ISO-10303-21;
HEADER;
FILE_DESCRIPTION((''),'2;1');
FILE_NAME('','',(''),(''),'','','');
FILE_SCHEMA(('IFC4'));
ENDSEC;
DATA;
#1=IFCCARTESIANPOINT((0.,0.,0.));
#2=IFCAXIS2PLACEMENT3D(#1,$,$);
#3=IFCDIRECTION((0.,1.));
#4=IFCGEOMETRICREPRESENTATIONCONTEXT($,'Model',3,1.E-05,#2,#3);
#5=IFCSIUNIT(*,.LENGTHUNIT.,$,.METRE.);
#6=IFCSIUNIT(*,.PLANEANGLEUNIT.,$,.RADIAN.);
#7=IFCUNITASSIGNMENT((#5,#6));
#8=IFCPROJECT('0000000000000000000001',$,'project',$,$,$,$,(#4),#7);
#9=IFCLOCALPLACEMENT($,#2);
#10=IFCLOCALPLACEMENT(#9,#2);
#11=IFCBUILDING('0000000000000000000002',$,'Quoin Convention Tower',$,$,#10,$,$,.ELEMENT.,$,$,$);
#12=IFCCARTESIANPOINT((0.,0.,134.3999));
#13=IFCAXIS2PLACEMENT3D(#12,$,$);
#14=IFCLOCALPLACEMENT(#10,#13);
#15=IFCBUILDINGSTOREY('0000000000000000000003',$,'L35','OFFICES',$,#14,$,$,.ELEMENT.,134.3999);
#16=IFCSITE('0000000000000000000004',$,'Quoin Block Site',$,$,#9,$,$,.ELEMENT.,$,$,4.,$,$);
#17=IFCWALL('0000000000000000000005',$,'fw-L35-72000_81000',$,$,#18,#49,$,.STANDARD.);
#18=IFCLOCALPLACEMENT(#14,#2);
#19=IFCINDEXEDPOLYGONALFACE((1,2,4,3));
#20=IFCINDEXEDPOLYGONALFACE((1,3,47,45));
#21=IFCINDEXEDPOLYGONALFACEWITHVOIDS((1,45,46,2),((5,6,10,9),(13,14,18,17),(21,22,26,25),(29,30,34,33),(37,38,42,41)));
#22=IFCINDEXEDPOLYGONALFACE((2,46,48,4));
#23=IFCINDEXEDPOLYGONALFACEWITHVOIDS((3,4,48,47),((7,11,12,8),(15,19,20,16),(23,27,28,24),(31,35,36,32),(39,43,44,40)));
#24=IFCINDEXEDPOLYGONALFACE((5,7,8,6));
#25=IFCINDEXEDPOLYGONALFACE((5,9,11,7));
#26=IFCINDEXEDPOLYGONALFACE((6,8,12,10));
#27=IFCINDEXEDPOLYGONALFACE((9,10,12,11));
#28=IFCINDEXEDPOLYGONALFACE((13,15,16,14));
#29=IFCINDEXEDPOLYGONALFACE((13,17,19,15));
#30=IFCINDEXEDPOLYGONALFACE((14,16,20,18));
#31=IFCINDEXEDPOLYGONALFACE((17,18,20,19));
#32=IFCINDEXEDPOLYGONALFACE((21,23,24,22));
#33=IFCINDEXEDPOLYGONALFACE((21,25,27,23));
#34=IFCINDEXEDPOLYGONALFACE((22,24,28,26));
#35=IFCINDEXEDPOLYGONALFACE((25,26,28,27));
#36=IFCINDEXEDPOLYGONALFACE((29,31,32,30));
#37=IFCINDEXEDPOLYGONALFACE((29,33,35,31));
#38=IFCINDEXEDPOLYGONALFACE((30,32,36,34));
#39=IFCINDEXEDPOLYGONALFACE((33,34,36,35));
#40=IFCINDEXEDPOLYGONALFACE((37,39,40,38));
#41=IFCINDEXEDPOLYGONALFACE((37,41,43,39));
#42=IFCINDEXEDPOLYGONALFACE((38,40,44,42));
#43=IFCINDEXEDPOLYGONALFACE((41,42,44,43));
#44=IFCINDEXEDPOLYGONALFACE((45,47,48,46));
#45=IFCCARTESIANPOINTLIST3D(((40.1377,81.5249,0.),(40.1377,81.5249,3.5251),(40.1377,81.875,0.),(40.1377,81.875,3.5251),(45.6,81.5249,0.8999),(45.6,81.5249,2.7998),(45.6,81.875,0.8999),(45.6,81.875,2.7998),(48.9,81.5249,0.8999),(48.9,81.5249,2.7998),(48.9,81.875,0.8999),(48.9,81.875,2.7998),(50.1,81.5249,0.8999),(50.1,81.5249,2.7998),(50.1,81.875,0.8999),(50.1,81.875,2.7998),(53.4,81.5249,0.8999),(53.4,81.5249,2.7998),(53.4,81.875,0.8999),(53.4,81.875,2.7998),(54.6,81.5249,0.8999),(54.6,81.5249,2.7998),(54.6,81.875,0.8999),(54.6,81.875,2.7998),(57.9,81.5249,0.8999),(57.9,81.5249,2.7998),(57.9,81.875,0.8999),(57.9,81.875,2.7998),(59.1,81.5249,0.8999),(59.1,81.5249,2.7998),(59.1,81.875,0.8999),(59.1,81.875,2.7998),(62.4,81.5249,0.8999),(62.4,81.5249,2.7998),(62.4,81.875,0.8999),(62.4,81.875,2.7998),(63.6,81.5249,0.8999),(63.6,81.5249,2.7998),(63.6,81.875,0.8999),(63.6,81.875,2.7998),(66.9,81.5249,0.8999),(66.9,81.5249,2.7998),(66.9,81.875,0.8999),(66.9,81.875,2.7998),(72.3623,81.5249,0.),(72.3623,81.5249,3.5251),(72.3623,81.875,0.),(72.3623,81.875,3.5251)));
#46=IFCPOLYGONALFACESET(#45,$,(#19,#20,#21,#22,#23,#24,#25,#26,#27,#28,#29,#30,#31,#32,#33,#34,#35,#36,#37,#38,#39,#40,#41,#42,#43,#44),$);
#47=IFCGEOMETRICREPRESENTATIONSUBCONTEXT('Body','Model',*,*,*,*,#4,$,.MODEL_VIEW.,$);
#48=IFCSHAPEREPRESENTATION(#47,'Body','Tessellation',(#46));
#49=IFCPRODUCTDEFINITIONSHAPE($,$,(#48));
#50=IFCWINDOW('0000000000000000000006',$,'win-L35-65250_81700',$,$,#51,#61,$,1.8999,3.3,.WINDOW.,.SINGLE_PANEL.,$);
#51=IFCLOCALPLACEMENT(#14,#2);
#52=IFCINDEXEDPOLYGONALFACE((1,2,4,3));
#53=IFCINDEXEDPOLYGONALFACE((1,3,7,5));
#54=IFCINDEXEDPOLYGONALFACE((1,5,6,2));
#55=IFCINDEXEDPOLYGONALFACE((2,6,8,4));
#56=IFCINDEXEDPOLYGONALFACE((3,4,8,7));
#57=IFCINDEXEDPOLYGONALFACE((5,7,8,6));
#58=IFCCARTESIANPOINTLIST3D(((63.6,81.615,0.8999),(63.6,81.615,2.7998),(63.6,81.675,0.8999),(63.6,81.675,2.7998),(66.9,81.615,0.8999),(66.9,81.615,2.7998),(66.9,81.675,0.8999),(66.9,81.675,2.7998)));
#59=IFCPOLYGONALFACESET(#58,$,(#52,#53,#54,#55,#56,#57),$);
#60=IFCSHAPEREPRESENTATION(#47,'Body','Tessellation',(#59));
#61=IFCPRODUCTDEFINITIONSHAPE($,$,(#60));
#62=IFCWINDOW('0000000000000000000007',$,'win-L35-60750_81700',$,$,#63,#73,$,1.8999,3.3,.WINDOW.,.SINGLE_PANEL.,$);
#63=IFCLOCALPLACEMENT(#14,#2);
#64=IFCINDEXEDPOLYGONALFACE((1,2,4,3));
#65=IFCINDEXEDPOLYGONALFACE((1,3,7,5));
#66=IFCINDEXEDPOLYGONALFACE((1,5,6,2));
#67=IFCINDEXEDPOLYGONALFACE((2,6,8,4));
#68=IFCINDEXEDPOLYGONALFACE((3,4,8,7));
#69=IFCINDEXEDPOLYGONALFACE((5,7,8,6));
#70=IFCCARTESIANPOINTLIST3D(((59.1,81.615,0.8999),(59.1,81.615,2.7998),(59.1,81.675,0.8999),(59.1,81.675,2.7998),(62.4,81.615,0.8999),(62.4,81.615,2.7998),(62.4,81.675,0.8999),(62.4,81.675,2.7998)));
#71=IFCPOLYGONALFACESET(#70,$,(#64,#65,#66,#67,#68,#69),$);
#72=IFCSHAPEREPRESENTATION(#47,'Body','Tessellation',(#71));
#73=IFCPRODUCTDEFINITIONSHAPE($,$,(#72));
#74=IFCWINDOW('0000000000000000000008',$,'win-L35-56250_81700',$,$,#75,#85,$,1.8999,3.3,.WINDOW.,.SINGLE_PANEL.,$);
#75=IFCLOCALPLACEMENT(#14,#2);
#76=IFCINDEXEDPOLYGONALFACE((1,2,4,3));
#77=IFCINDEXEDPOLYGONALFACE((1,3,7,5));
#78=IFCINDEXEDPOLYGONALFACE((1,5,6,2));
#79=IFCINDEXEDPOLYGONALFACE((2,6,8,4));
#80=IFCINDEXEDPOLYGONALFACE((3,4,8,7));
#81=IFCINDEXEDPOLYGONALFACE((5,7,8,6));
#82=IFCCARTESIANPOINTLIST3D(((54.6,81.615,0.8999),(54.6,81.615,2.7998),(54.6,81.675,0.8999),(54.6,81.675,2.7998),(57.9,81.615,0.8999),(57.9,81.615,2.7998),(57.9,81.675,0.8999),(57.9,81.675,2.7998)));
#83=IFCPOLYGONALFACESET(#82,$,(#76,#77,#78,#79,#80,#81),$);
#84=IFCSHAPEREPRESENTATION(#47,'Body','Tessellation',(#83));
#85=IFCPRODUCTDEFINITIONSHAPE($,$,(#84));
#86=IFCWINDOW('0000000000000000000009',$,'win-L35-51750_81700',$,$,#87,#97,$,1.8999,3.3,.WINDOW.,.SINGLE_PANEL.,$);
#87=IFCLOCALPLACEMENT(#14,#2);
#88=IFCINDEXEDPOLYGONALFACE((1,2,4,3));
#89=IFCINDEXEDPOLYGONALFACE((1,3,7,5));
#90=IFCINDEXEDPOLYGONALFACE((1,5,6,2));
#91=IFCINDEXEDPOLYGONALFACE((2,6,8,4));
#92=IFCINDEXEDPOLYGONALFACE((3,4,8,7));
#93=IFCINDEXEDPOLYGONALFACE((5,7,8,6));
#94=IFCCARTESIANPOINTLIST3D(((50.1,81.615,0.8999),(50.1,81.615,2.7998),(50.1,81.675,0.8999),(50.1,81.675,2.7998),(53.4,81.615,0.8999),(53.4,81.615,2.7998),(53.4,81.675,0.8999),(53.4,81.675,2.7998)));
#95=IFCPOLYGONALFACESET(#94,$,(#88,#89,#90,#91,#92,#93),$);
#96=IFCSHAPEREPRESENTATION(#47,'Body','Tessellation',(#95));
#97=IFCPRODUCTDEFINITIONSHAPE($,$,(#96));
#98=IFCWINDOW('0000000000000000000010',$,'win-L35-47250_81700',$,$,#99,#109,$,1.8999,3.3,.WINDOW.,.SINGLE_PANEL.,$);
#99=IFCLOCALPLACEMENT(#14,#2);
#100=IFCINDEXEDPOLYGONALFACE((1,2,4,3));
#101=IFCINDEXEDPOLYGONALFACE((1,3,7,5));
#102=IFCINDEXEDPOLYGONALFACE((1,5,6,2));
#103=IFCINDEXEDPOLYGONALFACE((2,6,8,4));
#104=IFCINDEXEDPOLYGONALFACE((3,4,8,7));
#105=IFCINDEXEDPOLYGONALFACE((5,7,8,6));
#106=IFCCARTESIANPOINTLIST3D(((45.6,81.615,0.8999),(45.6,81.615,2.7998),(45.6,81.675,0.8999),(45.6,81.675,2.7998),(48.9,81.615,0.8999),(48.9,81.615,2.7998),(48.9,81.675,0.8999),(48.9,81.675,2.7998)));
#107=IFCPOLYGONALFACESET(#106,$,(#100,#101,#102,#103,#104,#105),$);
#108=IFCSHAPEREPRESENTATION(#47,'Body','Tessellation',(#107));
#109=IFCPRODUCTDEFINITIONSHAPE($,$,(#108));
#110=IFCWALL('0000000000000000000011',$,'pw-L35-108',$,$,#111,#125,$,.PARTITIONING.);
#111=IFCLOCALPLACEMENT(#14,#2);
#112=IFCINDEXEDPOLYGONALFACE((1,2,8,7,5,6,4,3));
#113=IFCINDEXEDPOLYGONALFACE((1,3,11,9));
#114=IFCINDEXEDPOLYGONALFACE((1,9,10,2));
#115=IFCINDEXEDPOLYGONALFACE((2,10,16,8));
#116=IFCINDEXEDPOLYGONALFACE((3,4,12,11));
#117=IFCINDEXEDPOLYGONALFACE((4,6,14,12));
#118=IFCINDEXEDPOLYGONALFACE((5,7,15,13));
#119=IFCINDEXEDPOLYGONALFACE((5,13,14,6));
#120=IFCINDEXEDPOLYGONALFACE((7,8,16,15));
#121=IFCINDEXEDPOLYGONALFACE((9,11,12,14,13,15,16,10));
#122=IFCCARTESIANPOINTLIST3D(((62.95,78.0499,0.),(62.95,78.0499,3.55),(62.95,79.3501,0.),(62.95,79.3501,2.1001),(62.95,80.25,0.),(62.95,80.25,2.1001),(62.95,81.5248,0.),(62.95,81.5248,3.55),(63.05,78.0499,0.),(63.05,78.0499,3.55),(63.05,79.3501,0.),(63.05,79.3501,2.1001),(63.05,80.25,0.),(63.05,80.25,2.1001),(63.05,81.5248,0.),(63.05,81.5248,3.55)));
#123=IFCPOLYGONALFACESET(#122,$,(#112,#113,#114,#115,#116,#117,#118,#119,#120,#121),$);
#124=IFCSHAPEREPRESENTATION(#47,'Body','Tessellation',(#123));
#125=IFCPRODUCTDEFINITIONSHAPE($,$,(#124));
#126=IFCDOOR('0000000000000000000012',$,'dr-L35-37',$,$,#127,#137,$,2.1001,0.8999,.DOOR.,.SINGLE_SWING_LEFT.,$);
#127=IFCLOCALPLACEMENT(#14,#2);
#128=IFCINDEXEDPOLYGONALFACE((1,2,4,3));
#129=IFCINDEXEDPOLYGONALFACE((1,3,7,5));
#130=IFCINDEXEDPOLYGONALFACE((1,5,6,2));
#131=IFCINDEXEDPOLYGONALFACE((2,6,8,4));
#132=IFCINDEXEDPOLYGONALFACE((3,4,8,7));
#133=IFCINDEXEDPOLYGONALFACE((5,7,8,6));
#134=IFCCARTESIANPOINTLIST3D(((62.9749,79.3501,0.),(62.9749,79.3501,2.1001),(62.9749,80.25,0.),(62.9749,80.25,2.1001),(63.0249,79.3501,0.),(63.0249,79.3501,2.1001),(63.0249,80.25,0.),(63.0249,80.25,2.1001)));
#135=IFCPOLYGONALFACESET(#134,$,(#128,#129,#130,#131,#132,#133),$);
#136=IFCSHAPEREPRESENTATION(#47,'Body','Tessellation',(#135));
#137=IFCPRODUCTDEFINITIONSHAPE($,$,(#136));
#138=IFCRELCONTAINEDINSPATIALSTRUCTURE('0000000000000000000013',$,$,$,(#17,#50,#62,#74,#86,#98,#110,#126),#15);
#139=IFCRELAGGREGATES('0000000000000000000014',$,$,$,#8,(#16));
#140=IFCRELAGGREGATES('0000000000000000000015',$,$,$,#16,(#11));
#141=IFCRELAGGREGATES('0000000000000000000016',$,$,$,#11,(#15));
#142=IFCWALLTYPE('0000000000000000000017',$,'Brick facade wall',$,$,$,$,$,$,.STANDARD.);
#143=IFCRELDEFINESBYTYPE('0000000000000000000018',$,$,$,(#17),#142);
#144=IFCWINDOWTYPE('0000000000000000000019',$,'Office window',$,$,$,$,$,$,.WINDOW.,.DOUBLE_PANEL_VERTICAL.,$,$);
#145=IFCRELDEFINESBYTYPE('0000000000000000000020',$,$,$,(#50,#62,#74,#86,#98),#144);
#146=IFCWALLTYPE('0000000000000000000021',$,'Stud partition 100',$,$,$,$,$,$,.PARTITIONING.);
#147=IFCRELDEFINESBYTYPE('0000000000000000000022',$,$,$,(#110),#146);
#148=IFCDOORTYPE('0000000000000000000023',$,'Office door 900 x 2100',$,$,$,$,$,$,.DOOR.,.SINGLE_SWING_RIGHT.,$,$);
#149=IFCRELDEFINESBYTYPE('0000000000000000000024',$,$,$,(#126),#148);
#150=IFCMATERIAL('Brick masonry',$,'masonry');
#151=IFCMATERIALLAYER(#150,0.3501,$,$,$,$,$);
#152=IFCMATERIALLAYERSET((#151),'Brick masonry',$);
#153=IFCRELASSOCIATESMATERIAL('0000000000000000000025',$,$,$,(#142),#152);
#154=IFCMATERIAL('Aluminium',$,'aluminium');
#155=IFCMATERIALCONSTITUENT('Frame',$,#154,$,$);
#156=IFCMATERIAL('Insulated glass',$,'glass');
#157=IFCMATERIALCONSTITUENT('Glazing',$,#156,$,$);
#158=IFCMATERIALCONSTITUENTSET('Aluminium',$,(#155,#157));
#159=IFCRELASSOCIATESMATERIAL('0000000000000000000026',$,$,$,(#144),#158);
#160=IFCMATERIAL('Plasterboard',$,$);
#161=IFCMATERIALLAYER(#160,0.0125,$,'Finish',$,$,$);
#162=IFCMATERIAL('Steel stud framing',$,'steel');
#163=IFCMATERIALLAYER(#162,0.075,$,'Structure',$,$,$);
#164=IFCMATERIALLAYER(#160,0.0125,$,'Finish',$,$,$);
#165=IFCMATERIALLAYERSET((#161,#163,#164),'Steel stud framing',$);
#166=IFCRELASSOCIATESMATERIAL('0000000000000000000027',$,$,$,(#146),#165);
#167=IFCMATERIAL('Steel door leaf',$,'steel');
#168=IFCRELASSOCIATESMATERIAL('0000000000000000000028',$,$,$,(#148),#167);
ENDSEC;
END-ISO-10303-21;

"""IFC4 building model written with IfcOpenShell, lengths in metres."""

from ifc_helpers import new_model, si_unit, direction, frame, frame_2d, origin, place, context, subcontext, project, spatial, rectangle, extrude, material, layer, layer_set, constituent, constituent_set, type_object, element, fill, save


model = new_model("IFC4")

# Units and contexts
model_context = context("Model", 3, precision=1e-05, world=origin(), true_north=direction((0.0, 1.0)))
body_context = subcontext(model_context, "Body", "Model", "MODEL_VIEW")
ifc_project = project(units=[si_unit("LENGTHUNIT", "METRE"), si_unit("PLANEANGLEUNIT", "RADIAN")], contexts=[model_context])

# Site, building, storey
site_placement = place(None, origin())
site = spatial("IfcSite", under=ifc_project, at=site_placement, Name="Quoin Block Site", CompositionType="ELEMENT", RefElevation=4.0)
building_placement = place(site_placement, origin())
building = spatial("IfcBuilding", under=site, at=building_placement, Name="Quoin Convention Tower", CompositionType="ELEMENT")
storey_placement = place(building_placement, frame((0.0, 0.0, 134.3999)))
storey = spatial("IfcBuildingStorey", under=building, at=storey_placement, Name="L35", Description="OFFICES", CompositionType="ELEMENT", Elevation=134.3999)

# Shared definitions
ifc_material_1 = material(Name="Brick masonry", Category="masonry")
ifc_layer_1 = layer(ifc_material_1, 0.3501)
ifc_layer_set_1 = layer_set([ifc_layer_1], Name="Brick masonry")
wall_type_1 = type_object("IfcWallType", Name="Brick facade wall", PredefinedType="STANDARD", material=ifc_layer_set_1)
ifc_material_2 = material(Name="Aluminium", Category="aluminium")
ifc_constituent_1 = constituent(ifc_material_2, Name="Frame")
ifc_material_3 = material(Name="Insulated glass", Category="glass")
ifc_constituent_2 = constituent(ifc_material_3, Name="Glazing")
ifc_constituent_set = constituent_set(constituents=[ifc_constituent_1, ifc_constituent_2], Name="Aluminium")
window_type = type_object("IfcWindowType", Name="Office window", PartitioningType="DOUBLE_PANEL_VERTICAL", PredefinedType="WINDOW", material=ifc_constituent_set)

# Wall, openings, windows
wall_1_placement = place(storey_placement, frame((72.3623, 81.7, 0.0), z_axis=(0.0, 0.0, 1.0), x_axis=(-1.0, 0.0, 0.0)))
wall_1 = element("IfcWall", 1, at=wall_1_placement, inside=storey, type_object=wall_type_1, Name="fw-L35-72000_81000", PredefinedType="STANDARD", context=body_context, shape_type="SweptSolid", body=[
    extrude(rectangle(XDim=32.2246, YDim=0.3501, at=frame_2d((16.1123, 0.0))), origin(), (0.0, 0.0, 1.0), 3.5251),
])
opening_1_placement = place(wall_1_placement, frame((5.4624, 0.0, 0.8999)))
opening_1 = element("IfcOpeningElement", 2, at=opening_1_placement, cuts=wall_1, PredefinedType="OPENING", context=body_context, shape_type="SweptSolid", body=[
    extrude(rectangle(XDim=3.3, YDim=1.8999, at=frame_2d((1.6499, 0.95))), frame((0.0, 0.1851, 0.0), z_axis=(0.0, -1.0, 0.0), x_axis=(1.0, 0.0, 0.0)), (0.0, 0.0, 1.0), 0.3701),
])
opening_2_placement = place(wall_1_placement, frame((9.9624, 0.0, 0.8999)))
opening_2 = element("IfcOpeningElement", 3, at=opening_2_placement, cuts=wall_1, PredefinedType="OPENING", context=body_context, shape_type="SweptSolid", body=[
    extrude(rectangle(XDim=3.3, YDim=1.8999, at=frame_2d((1.6499, 0.95))), frame((0.0, 0.1851, 0.0), z_axis=(0.0, -1.0, 0.0), x_axis=(1.0, 0.0, 0.0)), (0.0, 0.0, 1.0), 0.3701),
])
opening_3_placement = place(wall_1_placement, frame((14.4624, 0.0, 0.8999)))
opening_3 = element("IfcOpeningElement", 4, at=opening_3_placement, cuts=wall_1, PredefinedType="OPENING", context=body_context, shape_type="SweptSolid", body=[
    extrude(rectangle(XDim=3.3, YDim=1.8999, at=frame_2d((1.6499, 0.95))), frame((0.0, 0.1851, 0.0), z_axis=(0.0, -1.0, 0.0), x_axis=(1.0, 0.0, 0.0)), (0.0, 0.0, 1.0), 0.3701),
])
opening_4_placement = place(wall_1_placement, frame((18.9624, 0.0, 0.8999)))
opening_4 = element("IfcOpeningElement", 5, at=opening_4_placement, cuts=wall_1, PredefinedType="OPENING", context=body_context, shape_type="SweptSolid", body=[
    extrude(rectangle(XDim=3.3, YDim=1.8999, at=frame_2d((1.6499, 0.95))), frame((0.0, 0.1851, 0.0), z_axis=(0.0, -1.0, 0.0), x_axis=(1.0, 0.0, 0.0)), (0.0, 0.0, 1.0), 0.3701),
])
opening_5_placement = place(wall_1_placement, frame((23.4624, 0.0, 0.8999)))
opening_5 = element("IfcOpeningElement", 6, at=opening_5_placement, cuts=wall_1, PredefinedType="OPENING", context=body_context, shape_type="SweptSolid", body=[
    extrude(rectangle(XDim=3.3, YDim=1.8999, at=frame_2d((1.6499, 0.95))), frame((0.0, 0.1851, 0.0), z_axis=(0.0, -1.0, 0.0), x_axis=(1.0, 0.0, 0.0)), (0.0, 0.0, 1.0), 0.3701),
])
window_1_placement = place(opening_1_placement, origin())
window_1 = element("IfcWindow", 7, at=window_1_placement, inside=storey, type_object=window_type, Name="win-L35-65250_81700", OverallHeight=1.8999, OverallWidth=3.3, PartitioningType="SINGLE_PANEL", PredefinedType="WINDOW", context=body_context, shape_type="SweptSolid", body=[
    extrude(rectangle(XDim=3.3, YDim=1.8999, at=frame_2d((1.6499, 0.95))), frame((0.0, 0.085, 0.0), z_axis=(0.0, -1.0, 0.0), x_axis=(1.0, 0.0, 0.0)), (0.0, 0.0, 1.0), 0.0601),
])
fill(opening_1, window_1)
window_2_placement = place(opening_2_placement, origin())
window_2 = element("IfcWindow", 8, at=window_2_placement, inside=storey, type_object=window_type, Name="win-L35-60750_81700", OverallHeight=1.8999, OverallWidth=3.3, PartitioningType="SINGLE_PANEL", PredefinedType="WINDOW", context=body_context, shape_type="SweptSolid", body=[
    extrude(rectangle(XDim=3.3, YDim=1.8999, at=frame_2d((1.6499, 0.95))), frame((0.0, 0.085, 0.0), z_axis=(0.0, -1.0, 0.0), x_axis=(1.0, 0.0, 0.0)), (0.0, 0.0, 1.0), 0.0601),
])
fill(opening_2, window_2)
window_3_placement = place(opening_3_placement, origin())
window_3 = element("IfcWindow", 9, at=window_3_placement, inside=storey, type_object=window_type, Name="win-L35-56250_81700", OverallHeight=1.8999, OverallWidth=3.3, PartitioningType="SINGLE_PANEL", PredefinedType="WINDOW", context=body_context, shape_type="SweptSolid", body=[
    extrude(rectangle(XDim=3.3, YDim=1.8999, at=frame_2d((1.6499, 0.95))), frame((0.0, 0.085, 0.0), z_axis=(0.0, -1.0, 0.0), x_axis=(1.0, 0.0, 0.0)), (0.0, 0.0, 1.0), 0.0601),
])
fill(opening_3, window_3)
window_4_placement = place(opening_4_placement, origin())
window_4 = element("IfcWindow", 10, at=window_4_placement, inside=storey, type_object=window_type, Name="win-L35-51750_81700", OverallHeight=1.8999, OverallWidth=3.3, PartitioningType="SINGLE_PANEL", PredefinedType="WINDOW", context=body_context, shape_type="SweptSolid", body=[
    extrude(rectangle(XDim=3.3, YDim=1.8999, at=frame_2d((1.6499, 0.95))), frame((0.0, 0.085, 0.0), z_axis=(0.0, -1.0, 0.0), x_axis=(1.0, 0.0, 0.0)), (0.0, 0.0, 1.0), 0.0601),
])
fill(opening_4, window_4)
window_5_placement = place(opening_5_placement, origin())
window_5 = element("IfcWindow", 11, at=window_5_placement, inside=storey, type_object=window_type, Name="win-L35-47250_81700", OverallHeight=1.8999, OverallWidth=3.3, PartitioningType="SINGLE_PANEL", PredefinedType="WINDOW", context=body_context, shape_type="SweptSolid", body=[
    extrude(rectangle(XDim=3.3, YDim=1.8999, at=frame_2d((1.6499, 0.95))), frame((0.0, 0.085, 0.0), z_axis=(0.0, -1.0, 0.0), x_axis=(1.0, 0.0, 0.0)), (0.0, 0.0, 1.0), 0.0601),
])
fill(opening_5, window_5)

# Wall, opening, door
ifc_material_4 = material(Name="Plasterboard")
ifc_layer_2 = layer(ifc_material_4, 0.0125, Name="Finish")
ifc_material_5 = material(Name="Steel stud framing", Category="steel")
ifc_layer_3 = layer(ifc_material_5, 0.075, Name="Structure")
ifc_layer_4 = layer(ifc_material_4, 0.0125, Name="Finish")
ifc_layer_set_2 = layer_set([ifc_layer_2, ifc_layer_3, ifc_layer_4], Name="Steel stud framing")
wall_type_2 = type_object("IfcWallType", Name="Stud partition 100", PredefinedType="PARTITIONING", material=ifc_layer_set_2)
wall_2_placement = place(storey_placement, frame((63.0, 78.05, 0.0), z_axis=(0.0, 0.0, 1.0), x_axis=(0.0, 1.0, 0.0)))
wall_2 = element("IfcWall", 12, at=wall_2_placement, inside=storey, type_object=wall_type_2, Name="pw-L35-108", PredefinedType="PARTITIONING", context=body_context, shape_type="SweptSolid", body=[
    extrude(rectangle(XDim=3.4749, YDim=0.1001, at=frame_2d((1.7373, 0.0))), origin(), (0.0, 0.0, 1.0), 3.55),
])
opening_6_placement = place(wall_2_placement, frame((1.3, 0.0, 0.0)))
opening_6 = element("IfcOpeningElement", 13, at=opening_6_placement, cuts=wall_2, PredefinedType="OPENING", context=body_context, shape_type="SweptSolid", body=[
    extrude(rectangle(XDim=0.8999, YDim=2.1001, at=frame_2d((0.45, 1.05))), frame((0.0, 0.0601, 0.0), z_axis=(0.0, -1.0, 0.0), x_axis=(1.0, 0.0, 0.0)), (0.0, 0.0, 1.0), 0.1201),
])
ifc_material_6 = material(Name="Steel door leaf", Category="steel")
door_type = type_object("IfcDoorType", Name="Office door 900 x 2100", OperationType="SINGLE_SWING_RIGHT", PredefinedType="DOOR", material=ifc_material_6)
door_placement = place(opening_6_placement, frame((0.8999, 0.0, 0.0), z_axis=(0.0, 0.0, 1.0), x_axis=(-1.0, 0.0, 0.0)))
door = element("IfcDoor", 14, at=door_placement, inside=storey, type_object=door_type, Name="dr-L35-37", OperationType="SINGLE_SWING_LEFT", OverallHeight=2.1001, OverallWidth=0.8999, PredefinedType="DOOR", context=body_context, shape_type="SweptSolid", body=[
    extrude(rectangle(XDim=0.8999, YDim=2.1001, at=frame_2d((0.45, 1.05))), frame((0.0, 0.0249, 0.0), z_axis=(0.0, -1.0, 0.0), x_axis=(1.0, 0.0, 0.0)), (0.0, 0.0, 1.0), 0.05),
])
fill(opening_6, door)

save(model, "model.ifc")
